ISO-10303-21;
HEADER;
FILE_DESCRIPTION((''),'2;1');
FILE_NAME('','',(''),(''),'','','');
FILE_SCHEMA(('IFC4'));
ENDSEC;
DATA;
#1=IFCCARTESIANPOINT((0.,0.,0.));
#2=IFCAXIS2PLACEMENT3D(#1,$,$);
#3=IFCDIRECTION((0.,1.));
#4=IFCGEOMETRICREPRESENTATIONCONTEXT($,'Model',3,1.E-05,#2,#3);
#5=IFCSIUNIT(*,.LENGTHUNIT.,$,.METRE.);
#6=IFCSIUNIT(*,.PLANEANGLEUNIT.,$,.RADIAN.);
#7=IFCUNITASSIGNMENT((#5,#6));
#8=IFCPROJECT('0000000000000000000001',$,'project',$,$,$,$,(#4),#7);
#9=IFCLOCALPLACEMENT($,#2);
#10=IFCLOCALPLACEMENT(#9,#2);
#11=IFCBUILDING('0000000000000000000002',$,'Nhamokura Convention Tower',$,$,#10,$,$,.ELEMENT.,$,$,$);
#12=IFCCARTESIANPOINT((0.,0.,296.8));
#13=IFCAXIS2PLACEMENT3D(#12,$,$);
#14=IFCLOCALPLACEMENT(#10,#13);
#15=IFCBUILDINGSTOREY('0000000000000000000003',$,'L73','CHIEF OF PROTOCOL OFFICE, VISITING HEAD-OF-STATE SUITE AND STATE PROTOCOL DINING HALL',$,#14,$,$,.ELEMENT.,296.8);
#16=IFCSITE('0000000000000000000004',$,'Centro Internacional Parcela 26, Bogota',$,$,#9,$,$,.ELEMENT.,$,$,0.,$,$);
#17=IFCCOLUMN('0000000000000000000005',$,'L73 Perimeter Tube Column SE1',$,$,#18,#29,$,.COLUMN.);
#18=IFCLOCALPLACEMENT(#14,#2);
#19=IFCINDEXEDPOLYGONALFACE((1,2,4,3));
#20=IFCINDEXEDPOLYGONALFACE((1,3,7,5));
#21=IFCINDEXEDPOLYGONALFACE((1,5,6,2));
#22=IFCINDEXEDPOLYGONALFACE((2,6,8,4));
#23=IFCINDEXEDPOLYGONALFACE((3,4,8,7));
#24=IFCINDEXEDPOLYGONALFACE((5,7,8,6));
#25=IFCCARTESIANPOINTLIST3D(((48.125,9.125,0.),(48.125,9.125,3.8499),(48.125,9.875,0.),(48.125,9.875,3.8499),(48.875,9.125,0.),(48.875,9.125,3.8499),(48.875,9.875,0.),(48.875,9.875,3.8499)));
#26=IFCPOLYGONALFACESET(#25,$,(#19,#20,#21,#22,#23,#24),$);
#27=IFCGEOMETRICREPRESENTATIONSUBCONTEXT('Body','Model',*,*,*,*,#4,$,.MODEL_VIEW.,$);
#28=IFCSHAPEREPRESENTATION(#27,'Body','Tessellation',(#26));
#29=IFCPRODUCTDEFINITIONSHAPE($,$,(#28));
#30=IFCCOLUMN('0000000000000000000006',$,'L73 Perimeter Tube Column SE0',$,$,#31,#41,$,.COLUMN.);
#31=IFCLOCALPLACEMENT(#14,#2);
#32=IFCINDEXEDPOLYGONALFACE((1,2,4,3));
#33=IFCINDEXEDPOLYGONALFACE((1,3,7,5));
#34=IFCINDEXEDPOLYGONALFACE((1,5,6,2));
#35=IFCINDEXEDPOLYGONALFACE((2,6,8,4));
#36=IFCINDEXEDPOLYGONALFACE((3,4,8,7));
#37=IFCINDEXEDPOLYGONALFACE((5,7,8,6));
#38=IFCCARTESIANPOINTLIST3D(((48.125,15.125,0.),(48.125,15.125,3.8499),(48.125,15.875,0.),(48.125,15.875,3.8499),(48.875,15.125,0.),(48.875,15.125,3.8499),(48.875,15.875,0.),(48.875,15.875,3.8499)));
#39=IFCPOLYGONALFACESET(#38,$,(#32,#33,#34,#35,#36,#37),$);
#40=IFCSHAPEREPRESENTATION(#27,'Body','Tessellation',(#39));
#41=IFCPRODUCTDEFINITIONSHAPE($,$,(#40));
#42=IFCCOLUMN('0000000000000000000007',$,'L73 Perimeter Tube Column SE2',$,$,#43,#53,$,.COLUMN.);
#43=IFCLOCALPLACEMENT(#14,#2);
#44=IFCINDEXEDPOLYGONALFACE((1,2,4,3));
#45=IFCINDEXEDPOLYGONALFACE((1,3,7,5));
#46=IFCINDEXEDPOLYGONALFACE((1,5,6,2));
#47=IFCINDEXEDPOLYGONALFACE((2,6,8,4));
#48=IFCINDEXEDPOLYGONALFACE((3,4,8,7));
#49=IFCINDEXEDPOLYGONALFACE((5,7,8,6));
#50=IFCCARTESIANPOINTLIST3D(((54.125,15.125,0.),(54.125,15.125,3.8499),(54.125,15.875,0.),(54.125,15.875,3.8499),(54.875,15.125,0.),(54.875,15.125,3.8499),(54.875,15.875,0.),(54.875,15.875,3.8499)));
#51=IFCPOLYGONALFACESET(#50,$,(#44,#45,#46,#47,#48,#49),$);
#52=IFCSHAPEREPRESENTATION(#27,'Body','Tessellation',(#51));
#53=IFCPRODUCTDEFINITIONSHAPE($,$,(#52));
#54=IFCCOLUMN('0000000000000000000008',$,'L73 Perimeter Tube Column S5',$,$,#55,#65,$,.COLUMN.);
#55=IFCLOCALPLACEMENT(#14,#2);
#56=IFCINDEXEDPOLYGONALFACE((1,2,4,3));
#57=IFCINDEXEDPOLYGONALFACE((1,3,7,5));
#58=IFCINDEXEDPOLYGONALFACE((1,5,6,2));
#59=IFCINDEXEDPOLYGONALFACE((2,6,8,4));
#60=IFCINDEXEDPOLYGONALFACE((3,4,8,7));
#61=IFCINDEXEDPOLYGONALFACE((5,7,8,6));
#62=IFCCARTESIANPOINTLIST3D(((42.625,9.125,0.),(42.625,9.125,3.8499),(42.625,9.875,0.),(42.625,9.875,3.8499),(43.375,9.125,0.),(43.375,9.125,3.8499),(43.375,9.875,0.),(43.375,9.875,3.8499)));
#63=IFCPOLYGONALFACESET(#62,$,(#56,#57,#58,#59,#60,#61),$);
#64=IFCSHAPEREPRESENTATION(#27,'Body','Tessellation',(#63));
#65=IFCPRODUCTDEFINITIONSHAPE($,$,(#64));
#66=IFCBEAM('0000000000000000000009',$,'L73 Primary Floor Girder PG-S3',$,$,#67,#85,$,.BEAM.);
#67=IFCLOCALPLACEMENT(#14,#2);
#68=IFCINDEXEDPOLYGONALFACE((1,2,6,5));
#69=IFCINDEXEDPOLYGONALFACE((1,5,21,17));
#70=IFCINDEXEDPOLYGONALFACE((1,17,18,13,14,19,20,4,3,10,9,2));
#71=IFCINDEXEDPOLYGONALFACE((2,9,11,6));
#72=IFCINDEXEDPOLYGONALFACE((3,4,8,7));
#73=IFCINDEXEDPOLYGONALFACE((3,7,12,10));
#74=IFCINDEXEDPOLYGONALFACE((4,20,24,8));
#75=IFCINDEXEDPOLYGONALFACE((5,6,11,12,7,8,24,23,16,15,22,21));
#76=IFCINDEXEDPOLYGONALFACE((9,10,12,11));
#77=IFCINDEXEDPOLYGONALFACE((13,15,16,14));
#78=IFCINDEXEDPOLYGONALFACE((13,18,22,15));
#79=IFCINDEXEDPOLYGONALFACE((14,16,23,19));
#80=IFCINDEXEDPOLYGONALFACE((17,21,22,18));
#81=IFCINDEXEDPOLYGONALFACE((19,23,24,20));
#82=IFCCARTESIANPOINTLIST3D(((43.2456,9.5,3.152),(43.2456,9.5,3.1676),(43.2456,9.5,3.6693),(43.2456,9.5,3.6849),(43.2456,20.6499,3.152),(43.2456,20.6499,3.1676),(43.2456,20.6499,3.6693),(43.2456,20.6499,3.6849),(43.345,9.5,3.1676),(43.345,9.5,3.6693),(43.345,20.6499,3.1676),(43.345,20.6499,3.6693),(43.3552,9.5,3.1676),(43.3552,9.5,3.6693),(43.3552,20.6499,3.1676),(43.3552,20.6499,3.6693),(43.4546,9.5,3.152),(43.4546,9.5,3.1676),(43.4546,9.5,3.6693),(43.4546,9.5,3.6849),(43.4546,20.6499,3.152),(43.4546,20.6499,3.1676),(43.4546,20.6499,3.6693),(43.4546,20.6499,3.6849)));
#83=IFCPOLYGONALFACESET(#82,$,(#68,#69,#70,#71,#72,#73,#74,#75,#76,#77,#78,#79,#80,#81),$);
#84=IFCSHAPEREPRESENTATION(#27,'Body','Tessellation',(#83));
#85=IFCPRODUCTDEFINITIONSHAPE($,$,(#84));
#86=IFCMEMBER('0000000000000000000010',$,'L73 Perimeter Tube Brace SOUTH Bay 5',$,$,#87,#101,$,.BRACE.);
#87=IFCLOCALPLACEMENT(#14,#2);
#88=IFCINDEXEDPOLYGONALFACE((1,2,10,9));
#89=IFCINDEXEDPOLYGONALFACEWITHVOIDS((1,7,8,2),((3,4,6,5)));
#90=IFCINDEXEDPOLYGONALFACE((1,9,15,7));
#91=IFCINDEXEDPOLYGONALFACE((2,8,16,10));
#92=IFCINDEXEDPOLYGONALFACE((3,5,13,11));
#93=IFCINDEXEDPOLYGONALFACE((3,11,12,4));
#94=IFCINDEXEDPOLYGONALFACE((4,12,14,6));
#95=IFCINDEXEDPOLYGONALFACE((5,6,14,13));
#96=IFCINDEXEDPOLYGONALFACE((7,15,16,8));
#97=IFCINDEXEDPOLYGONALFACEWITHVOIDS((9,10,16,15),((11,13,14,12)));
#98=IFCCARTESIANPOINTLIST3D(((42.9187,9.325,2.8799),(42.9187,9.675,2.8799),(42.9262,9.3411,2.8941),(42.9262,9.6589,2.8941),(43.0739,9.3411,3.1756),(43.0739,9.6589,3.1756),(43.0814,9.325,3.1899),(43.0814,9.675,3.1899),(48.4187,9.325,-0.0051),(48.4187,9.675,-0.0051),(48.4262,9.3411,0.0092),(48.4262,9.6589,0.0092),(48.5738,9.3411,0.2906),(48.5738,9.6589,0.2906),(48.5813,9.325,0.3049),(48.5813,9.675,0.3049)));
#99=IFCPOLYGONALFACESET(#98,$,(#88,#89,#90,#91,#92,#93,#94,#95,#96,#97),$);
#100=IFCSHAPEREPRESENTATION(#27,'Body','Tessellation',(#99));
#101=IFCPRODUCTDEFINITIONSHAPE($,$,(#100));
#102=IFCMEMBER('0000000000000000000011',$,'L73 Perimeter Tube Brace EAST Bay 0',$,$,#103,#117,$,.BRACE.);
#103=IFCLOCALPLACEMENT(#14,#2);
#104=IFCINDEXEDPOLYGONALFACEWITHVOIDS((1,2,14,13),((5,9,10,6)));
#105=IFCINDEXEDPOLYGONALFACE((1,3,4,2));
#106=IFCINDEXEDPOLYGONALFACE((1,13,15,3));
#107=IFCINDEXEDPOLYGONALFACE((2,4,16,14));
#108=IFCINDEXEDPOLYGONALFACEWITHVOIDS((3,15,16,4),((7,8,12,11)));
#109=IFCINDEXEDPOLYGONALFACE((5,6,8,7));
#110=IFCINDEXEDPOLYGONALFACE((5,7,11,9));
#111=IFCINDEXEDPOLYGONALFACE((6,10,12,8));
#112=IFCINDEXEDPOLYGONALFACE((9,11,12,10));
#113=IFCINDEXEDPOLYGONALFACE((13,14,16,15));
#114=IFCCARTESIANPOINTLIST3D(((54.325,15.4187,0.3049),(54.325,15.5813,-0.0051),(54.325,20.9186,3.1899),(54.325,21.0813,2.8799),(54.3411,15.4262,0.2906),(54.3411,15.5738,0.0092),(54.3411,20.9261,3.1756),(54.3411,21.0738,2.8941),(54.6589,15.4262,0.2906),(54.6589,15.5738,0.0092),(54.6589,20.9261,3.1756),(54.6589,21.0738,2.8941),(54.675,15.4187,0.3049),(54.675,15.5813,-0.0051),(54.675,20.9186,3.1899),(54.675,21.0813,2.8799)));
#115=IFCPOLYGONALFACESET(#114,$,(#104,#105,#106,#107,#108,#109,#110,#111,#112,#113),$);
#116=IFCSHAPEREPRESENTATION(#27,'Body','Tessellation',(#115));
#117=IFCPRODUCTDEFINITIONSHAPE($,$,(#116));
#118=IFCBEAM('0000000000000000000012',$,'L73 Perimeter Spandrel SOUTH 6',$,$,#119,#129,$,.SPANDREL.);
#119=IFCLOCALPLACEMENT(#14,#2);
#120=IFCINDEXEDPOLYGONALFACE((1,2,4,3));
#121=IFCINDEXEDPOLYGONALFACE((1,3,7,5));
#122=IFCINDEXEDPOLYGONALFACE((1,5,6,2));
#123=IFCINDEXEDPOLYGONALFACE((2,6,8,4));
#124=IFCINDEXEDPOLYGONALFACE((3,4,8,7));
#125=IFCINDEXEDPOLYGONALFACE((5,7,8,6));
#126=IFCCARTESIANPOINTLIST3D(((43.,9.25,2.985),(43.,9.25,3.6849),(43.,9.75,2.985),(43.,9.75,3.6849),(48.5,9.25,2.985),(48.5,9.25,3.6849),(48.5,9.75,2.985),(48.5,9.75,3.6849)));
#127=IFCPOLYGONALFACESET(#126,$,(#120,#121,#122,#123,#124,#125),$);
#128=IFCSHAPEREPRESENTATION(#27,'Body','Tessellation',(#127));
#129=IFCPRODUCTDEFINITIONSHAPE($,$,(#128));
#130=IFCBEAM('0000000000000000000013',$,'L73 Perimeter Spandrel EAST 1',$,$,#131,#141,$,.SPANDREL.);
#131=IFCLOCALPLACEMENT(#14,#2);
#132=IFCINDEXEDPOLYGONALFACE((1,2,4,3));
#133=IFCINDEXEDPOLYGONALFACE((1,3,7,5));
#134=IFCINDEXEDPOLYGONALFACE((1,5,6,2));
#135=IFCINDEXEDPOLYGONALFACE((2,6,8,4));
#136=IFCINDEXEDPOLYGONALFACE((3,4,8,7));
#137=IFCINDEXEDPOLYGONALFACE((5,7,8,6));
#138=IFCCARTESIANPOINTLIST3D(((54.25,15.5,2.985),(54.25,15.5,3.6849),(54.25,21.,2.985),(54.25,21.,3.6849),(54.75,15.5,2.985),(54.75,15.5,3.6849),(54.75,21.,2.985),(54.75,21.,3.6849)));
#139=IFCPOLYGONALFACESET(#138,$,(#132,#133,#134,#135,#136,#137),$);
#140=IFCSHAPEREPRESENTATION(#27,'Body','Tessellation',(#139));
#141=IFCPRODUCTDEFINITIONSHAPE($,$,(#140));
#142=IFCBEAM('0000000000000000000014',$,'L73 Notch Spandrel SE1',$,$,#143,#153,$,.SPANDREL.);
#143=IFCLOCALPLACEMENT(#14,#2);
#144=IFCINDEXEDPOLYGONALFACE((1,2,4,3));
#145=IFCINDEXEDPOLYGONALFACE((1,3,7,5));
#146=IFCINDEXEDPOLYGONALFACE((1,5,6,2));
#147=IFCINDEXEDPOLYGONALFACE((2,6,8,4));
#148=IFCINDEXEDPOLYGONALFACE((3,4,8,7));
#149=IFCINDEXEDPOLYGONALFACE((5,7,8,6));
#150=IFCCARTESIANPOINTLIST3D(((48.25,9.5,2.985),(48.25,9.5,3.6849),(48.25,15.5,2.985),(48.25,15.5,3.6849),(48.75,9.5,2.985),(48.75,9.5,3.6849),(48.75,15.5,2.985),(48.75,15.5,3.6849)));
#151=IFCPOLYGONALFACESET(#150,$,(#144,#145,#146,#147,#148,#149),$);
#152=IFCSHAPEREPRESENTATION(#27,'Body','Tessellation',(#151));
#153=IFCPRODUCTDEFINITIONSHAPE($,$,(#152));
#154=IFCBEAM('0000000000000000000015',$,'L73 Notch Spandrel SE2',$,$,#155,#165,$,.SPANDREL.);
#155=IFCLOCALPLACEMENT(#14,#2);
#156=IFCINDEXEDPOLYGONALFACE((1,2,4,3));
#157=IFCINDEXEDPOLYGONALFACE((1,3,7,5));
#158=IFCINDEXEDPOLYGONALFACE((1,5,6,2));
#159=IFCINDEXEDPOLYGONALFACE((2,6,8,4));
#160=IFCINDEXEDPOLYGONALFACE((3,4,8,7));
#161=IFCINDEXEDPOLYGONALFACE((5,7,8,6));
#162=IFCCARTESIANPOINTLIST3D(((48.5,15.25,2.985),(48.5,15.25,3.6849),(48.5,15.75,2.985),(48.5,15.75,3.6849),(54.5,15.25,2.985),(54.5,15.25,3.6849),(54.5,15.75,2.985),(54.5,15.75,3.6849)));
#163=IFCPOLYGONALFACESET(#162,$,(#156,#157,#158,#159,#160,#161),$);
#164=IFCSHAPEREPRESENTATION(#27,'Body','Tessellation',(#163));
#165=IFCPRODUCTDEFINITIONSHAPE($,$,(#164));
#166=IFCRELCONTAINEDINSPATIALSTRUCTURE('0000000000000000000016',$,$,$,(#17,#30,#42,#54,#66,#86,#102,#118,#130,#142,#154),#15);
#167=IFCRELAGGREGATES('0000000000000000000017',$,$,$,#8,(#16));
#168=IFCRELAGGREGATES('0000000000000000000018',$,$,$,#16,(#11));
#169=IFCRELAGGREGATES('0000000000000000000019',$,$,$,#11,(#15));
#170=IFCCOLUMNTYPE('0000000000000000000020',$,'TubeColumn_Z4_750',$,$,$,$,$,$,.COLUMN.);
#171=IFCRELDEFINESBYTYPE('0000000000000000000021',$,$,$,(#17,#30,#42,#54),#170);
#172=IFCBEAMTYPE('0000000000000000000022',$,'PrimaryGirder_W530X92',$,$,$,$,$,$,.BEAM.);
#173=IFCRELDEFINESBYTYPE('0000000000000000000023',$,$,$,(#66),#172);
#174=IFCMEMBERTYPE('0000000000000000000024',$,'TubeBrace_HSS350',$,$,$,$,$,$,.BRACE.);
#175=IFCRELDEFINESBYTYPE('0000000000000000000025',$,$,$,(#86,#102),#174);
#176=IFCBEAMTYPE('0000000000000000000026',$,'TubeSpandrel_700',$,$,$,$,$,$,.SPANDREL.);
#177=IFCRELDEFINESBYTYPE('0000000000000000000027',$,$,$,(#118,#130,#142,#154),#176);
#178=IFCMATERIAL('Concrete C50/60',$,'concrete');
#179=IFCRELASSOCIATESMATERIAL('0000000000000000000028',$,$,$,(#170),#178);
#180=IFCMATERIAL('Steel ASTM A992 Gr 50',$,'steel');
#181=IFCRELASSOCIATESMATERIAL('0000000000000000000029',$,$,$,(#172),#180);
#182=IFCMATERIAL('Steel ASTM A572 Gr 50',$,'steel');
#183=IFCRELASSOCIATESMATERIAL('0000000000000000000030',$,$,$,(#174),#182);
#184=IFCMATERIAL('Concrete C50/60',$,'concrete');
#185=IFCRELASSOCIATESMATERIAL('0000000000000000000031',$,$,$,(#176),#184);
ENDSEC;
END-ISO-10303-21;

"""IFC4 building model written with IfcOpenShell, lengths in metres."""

from ifc_helpers import new_model, si_unit, direction, frame, origin, origin_2d, place, context, subcontext, project, spatial, rectangle, hollow_rectangle, i_section, extrude, material, material_profile, profile_set, type_object, element, save


model = new_model("IFC4")

# Units and contexts
model_context = context("Model", 3, precision=1e-05, world=origin(), true_north=direction((0.0, 1.0)))
body_context = subcontext(model_context, "Body", "Model", "MODEL_VIEW")
ifc_project = project(units=[si_unit("LENGTHUNIT", "METRE"), si_unit("PLANEANGLEUNIT", "RADIAN")], contexts=[model_context])

# Site, building, storey
site_placement = place(None, origin())
site = spatial("IfcSite", under=ifc_project, at=site_placement, Name="Centro Internacional Parcela 26, Bogota", CompositionType="ELEMENT", RefElevation=0.0)
building_placement = place(site_placement, origin())
building = spatial("IfcBuilding", under=site, at=building_placement, Name="Nhamokura Convention Tower", CompositionType="ELEMENT")
storey_placement = place(building_placement, frame((0.0, 0.0, 296.8)))
storey = spatial("IfcBuildingStorey", under=building, at=storey_placement, Name="L73", Description="CHIEF OF PROTOCOL OFFICE, VISITING HEAD-OF-STATE SUITE AND STATE PROTOCOL DINING HALL", CompositionType="ELEMENT", Elevation=296.8)

# Columns
ifc_material_1 = material(Name="Concrete C50/60", Category="concrete")
ifc_material_profile_1 = material_profile(ifc_material_1, rectangle(XDim=0.75, YDim=0.75, at=origin_2d()))
ifc_profile_set_1 = profile_set([ifc_material_profile_1], Name="Concrete C50/60")
column_type = type_object("IfcColumnType", Name="TubeColumn_Z4_750", PredefinedType="COLUMN", material=ifc_profile_set_1)
for number, where, z_axis, x_axis, name in (
    (1, (48.5, 9.5, 0.0), (0.0, 0.0, 1.0), (1.0, 0.0, 0.0), "L73 Perimeter Tube Column SE1"),
    (2, (48.5, 15.5, 0.0), (0.0, 0.0, 1.0), (1.0, 0.0, 0.0), "L73 Perimeter Tube Column SE0"),
    (3, (54.5, 15.5, 0.0), (0.0, 0.0, 1.0), (1.0, 0.0, 0.0), "L73 Perimeter Tube Column SE2"),
    (4, (43.0, 9.5, 0.0), (0.0, 0.0, 1.0), (1.0, 0.0, 0.0), "L73 Perimeter Tube Column S5"),
):
    element("IfcColumn", number, at=place(storey_placement, frame(where, z_axis=z_axis, x_axis=x_axis)), inside=storey, type_object=column_type, Name=name, PredefinedType="COLUMN", context=body_context, shape_type="SweptSolid", body=[
        extrude(rectangle(XDim=0.75, YDim=0.75, at=origin_2d()), origin(), (0.0, 0.0, 1.0), 3.8499),
    ])

# Beam
ifc_material_2 = material(Name="Steel ASTM A992 Gr 50", Category="steel")
ifc_material_profile_2 = material_profile(ifc_material_2, i_section(OverallWidth=0.209, OverallDepth=0.533, WebThickness=0.0103, FlangeThickness=0.0156, at=origin_2d()))
ifc_profile_set_2 = profile_set([ifc_material_profile_2], Name="Steel ASTM A992 Gr 50")
beam_type_1 = type_object("IfcBeamType", Name="PrimaryGirder_W530X92", PredefinedType="BEAM", material=ifc_profile_set_2)
beam_placement = place(storey_placement, frame((43.3501, 9.5, 3.4185), z_axis=(0.0, 1.0, 0.0), x_axis=(-1.0, 0.0, 0.0)))
element("IfcBeam", 5, at=beam_placement, inside=storey, type_object=beam_type_1, Name="L73 Primary Floor Girder PG-S3", PredefinedType="BEAM", context=body_context, shape_type="SweptSolid", body=[
    extrude(i_section(OverallWidth=0.209, OverallDepth=0.533, WebThickness=0.0103, FlangeThickness=0.0156, at=origin_2d()), origin(), (0.0, 0.0, 1.0), 11.1499),
])

# Members
ifc_material_3 = material(Name="Steel ASTM A572 Gr 50", Category="steel")
ifc_material_profile_3 = material_profile(ifc_material_3, hollow_rectangle(XDim=0.3501, YDim=0.3501, WallThickness=0.0161, at=origin_2d()))
ifc_profile_set_3 = profile_set([ifc_material_profile_3], Name="Steel ASTM A572 Gr 50")
member_type = type_object("IfcMemberType", Name="TubeBrace_HSS350", PredefinedType="BRACE", material=ifc_profile_set_3)
for number, where, z_axis, x_axis, name in (
    (6, (48.5, 9.5, 0.1499), (-0.885563, 0.0, 0.46452), (0.0, -1.0, 0.0), "L73 Perimeter Tube Brace SOUTH Bay 5"),
    (7, (54.5, 15.5, 0.1499), (0.0, 0.885563, 0.46452), (-1.0, 0.0, 0.0), "L73 Perimeter Tube Brace EAST Bay 0"),
):
    element("IfcMember", number, at=place(storey_placement, frame(where, z_axis=z_axis, x_axis=x_axis)), inside=storey, type_object=member_type, Name=name, PredefinedType="BRACE", context=body_context, shape_type="SweptSolid", body=[
        extrude(hollow_rectangle(XDim=0.3501, YDim=0.3501, WallThickness=0.0161, at=origin_2d()), origin(), (0.0, 0.0, 1.0), 6.2107),
    ])

# Beams
ifc_material_4 = material(Name="Concrete C50/60", Category="concrete")
ifc_material_profile_4 = material_profile(ifc_material_4, rectangle(XDim=0.5, YDim=0.7, at=origin_2d()))
ifc_profile_set_4 = profile_set([ifc_material_profile_4], Name="Concrete C50/60")
beam_type_2 = type_object("IfcBeamType", Name="TubeSpandrel_700", PredefinedType="SPANDREL", material=ifc_profile_set_4)
for number, where, z_axis, x_axis, name in (
    (8, (43.0, 9.5, 3.335), (1.0, 0.0, 0.0), (0.0, 1.0, 0.0), "L73 Perimeter Spandrel SOUTH 6"),
    (9, (54.5, 15.5, 3.335), (0.0, 1.0, 0.0), (-1.0, 0.0, 0.0), "L73 Perimeter Spandrel EAST 1"),
):
    element("IfcBeam", number, at=place(storey_placement, frame(where, z_axis=z_axis, x_axis=x_axis)), inside=storey, type_object=beam_type_2, Name=name, PredefinedType="SPANDREL", context=body_context, shape_type="SweptSolid", body=[
        extrude(rectangle(XDim=0.5, YDim=0.7, at=origin_2d()), origin(), (0.0, 0.0, 1.0), 5.5),
    ])
for number, where, z_axis, x_axis, name in (
    (10, (48.5, 9.5, 3.335), (0.0, 1.0, 0.0), (-1.0, 0.0, 0.0), "L73 Notch Spandrel SE1"),
    (11, (48.5, 15.5, 3.335), (1.0, 0.0, 0.0), (0.0, 1.0, 0.0), "L73 Notch Spandrel SE2"),
):
    element("IfcBeam", number, at=place(storey_placement, frame(where, z_axis=z_axis, x_axis=x_axis)), inside=storey, type_object=beam_type_2, Name=name, PredefinedType="SPANDREL", context=body_context, shape_type="SweptSolid", body=[
        extrude(rectangle(XDim=0.5, YDim=0.7, at=origin_2d()), origin(), (0.0, 0.0, 1.0), 6.0),
    ])

save(model, "model.ifc")
